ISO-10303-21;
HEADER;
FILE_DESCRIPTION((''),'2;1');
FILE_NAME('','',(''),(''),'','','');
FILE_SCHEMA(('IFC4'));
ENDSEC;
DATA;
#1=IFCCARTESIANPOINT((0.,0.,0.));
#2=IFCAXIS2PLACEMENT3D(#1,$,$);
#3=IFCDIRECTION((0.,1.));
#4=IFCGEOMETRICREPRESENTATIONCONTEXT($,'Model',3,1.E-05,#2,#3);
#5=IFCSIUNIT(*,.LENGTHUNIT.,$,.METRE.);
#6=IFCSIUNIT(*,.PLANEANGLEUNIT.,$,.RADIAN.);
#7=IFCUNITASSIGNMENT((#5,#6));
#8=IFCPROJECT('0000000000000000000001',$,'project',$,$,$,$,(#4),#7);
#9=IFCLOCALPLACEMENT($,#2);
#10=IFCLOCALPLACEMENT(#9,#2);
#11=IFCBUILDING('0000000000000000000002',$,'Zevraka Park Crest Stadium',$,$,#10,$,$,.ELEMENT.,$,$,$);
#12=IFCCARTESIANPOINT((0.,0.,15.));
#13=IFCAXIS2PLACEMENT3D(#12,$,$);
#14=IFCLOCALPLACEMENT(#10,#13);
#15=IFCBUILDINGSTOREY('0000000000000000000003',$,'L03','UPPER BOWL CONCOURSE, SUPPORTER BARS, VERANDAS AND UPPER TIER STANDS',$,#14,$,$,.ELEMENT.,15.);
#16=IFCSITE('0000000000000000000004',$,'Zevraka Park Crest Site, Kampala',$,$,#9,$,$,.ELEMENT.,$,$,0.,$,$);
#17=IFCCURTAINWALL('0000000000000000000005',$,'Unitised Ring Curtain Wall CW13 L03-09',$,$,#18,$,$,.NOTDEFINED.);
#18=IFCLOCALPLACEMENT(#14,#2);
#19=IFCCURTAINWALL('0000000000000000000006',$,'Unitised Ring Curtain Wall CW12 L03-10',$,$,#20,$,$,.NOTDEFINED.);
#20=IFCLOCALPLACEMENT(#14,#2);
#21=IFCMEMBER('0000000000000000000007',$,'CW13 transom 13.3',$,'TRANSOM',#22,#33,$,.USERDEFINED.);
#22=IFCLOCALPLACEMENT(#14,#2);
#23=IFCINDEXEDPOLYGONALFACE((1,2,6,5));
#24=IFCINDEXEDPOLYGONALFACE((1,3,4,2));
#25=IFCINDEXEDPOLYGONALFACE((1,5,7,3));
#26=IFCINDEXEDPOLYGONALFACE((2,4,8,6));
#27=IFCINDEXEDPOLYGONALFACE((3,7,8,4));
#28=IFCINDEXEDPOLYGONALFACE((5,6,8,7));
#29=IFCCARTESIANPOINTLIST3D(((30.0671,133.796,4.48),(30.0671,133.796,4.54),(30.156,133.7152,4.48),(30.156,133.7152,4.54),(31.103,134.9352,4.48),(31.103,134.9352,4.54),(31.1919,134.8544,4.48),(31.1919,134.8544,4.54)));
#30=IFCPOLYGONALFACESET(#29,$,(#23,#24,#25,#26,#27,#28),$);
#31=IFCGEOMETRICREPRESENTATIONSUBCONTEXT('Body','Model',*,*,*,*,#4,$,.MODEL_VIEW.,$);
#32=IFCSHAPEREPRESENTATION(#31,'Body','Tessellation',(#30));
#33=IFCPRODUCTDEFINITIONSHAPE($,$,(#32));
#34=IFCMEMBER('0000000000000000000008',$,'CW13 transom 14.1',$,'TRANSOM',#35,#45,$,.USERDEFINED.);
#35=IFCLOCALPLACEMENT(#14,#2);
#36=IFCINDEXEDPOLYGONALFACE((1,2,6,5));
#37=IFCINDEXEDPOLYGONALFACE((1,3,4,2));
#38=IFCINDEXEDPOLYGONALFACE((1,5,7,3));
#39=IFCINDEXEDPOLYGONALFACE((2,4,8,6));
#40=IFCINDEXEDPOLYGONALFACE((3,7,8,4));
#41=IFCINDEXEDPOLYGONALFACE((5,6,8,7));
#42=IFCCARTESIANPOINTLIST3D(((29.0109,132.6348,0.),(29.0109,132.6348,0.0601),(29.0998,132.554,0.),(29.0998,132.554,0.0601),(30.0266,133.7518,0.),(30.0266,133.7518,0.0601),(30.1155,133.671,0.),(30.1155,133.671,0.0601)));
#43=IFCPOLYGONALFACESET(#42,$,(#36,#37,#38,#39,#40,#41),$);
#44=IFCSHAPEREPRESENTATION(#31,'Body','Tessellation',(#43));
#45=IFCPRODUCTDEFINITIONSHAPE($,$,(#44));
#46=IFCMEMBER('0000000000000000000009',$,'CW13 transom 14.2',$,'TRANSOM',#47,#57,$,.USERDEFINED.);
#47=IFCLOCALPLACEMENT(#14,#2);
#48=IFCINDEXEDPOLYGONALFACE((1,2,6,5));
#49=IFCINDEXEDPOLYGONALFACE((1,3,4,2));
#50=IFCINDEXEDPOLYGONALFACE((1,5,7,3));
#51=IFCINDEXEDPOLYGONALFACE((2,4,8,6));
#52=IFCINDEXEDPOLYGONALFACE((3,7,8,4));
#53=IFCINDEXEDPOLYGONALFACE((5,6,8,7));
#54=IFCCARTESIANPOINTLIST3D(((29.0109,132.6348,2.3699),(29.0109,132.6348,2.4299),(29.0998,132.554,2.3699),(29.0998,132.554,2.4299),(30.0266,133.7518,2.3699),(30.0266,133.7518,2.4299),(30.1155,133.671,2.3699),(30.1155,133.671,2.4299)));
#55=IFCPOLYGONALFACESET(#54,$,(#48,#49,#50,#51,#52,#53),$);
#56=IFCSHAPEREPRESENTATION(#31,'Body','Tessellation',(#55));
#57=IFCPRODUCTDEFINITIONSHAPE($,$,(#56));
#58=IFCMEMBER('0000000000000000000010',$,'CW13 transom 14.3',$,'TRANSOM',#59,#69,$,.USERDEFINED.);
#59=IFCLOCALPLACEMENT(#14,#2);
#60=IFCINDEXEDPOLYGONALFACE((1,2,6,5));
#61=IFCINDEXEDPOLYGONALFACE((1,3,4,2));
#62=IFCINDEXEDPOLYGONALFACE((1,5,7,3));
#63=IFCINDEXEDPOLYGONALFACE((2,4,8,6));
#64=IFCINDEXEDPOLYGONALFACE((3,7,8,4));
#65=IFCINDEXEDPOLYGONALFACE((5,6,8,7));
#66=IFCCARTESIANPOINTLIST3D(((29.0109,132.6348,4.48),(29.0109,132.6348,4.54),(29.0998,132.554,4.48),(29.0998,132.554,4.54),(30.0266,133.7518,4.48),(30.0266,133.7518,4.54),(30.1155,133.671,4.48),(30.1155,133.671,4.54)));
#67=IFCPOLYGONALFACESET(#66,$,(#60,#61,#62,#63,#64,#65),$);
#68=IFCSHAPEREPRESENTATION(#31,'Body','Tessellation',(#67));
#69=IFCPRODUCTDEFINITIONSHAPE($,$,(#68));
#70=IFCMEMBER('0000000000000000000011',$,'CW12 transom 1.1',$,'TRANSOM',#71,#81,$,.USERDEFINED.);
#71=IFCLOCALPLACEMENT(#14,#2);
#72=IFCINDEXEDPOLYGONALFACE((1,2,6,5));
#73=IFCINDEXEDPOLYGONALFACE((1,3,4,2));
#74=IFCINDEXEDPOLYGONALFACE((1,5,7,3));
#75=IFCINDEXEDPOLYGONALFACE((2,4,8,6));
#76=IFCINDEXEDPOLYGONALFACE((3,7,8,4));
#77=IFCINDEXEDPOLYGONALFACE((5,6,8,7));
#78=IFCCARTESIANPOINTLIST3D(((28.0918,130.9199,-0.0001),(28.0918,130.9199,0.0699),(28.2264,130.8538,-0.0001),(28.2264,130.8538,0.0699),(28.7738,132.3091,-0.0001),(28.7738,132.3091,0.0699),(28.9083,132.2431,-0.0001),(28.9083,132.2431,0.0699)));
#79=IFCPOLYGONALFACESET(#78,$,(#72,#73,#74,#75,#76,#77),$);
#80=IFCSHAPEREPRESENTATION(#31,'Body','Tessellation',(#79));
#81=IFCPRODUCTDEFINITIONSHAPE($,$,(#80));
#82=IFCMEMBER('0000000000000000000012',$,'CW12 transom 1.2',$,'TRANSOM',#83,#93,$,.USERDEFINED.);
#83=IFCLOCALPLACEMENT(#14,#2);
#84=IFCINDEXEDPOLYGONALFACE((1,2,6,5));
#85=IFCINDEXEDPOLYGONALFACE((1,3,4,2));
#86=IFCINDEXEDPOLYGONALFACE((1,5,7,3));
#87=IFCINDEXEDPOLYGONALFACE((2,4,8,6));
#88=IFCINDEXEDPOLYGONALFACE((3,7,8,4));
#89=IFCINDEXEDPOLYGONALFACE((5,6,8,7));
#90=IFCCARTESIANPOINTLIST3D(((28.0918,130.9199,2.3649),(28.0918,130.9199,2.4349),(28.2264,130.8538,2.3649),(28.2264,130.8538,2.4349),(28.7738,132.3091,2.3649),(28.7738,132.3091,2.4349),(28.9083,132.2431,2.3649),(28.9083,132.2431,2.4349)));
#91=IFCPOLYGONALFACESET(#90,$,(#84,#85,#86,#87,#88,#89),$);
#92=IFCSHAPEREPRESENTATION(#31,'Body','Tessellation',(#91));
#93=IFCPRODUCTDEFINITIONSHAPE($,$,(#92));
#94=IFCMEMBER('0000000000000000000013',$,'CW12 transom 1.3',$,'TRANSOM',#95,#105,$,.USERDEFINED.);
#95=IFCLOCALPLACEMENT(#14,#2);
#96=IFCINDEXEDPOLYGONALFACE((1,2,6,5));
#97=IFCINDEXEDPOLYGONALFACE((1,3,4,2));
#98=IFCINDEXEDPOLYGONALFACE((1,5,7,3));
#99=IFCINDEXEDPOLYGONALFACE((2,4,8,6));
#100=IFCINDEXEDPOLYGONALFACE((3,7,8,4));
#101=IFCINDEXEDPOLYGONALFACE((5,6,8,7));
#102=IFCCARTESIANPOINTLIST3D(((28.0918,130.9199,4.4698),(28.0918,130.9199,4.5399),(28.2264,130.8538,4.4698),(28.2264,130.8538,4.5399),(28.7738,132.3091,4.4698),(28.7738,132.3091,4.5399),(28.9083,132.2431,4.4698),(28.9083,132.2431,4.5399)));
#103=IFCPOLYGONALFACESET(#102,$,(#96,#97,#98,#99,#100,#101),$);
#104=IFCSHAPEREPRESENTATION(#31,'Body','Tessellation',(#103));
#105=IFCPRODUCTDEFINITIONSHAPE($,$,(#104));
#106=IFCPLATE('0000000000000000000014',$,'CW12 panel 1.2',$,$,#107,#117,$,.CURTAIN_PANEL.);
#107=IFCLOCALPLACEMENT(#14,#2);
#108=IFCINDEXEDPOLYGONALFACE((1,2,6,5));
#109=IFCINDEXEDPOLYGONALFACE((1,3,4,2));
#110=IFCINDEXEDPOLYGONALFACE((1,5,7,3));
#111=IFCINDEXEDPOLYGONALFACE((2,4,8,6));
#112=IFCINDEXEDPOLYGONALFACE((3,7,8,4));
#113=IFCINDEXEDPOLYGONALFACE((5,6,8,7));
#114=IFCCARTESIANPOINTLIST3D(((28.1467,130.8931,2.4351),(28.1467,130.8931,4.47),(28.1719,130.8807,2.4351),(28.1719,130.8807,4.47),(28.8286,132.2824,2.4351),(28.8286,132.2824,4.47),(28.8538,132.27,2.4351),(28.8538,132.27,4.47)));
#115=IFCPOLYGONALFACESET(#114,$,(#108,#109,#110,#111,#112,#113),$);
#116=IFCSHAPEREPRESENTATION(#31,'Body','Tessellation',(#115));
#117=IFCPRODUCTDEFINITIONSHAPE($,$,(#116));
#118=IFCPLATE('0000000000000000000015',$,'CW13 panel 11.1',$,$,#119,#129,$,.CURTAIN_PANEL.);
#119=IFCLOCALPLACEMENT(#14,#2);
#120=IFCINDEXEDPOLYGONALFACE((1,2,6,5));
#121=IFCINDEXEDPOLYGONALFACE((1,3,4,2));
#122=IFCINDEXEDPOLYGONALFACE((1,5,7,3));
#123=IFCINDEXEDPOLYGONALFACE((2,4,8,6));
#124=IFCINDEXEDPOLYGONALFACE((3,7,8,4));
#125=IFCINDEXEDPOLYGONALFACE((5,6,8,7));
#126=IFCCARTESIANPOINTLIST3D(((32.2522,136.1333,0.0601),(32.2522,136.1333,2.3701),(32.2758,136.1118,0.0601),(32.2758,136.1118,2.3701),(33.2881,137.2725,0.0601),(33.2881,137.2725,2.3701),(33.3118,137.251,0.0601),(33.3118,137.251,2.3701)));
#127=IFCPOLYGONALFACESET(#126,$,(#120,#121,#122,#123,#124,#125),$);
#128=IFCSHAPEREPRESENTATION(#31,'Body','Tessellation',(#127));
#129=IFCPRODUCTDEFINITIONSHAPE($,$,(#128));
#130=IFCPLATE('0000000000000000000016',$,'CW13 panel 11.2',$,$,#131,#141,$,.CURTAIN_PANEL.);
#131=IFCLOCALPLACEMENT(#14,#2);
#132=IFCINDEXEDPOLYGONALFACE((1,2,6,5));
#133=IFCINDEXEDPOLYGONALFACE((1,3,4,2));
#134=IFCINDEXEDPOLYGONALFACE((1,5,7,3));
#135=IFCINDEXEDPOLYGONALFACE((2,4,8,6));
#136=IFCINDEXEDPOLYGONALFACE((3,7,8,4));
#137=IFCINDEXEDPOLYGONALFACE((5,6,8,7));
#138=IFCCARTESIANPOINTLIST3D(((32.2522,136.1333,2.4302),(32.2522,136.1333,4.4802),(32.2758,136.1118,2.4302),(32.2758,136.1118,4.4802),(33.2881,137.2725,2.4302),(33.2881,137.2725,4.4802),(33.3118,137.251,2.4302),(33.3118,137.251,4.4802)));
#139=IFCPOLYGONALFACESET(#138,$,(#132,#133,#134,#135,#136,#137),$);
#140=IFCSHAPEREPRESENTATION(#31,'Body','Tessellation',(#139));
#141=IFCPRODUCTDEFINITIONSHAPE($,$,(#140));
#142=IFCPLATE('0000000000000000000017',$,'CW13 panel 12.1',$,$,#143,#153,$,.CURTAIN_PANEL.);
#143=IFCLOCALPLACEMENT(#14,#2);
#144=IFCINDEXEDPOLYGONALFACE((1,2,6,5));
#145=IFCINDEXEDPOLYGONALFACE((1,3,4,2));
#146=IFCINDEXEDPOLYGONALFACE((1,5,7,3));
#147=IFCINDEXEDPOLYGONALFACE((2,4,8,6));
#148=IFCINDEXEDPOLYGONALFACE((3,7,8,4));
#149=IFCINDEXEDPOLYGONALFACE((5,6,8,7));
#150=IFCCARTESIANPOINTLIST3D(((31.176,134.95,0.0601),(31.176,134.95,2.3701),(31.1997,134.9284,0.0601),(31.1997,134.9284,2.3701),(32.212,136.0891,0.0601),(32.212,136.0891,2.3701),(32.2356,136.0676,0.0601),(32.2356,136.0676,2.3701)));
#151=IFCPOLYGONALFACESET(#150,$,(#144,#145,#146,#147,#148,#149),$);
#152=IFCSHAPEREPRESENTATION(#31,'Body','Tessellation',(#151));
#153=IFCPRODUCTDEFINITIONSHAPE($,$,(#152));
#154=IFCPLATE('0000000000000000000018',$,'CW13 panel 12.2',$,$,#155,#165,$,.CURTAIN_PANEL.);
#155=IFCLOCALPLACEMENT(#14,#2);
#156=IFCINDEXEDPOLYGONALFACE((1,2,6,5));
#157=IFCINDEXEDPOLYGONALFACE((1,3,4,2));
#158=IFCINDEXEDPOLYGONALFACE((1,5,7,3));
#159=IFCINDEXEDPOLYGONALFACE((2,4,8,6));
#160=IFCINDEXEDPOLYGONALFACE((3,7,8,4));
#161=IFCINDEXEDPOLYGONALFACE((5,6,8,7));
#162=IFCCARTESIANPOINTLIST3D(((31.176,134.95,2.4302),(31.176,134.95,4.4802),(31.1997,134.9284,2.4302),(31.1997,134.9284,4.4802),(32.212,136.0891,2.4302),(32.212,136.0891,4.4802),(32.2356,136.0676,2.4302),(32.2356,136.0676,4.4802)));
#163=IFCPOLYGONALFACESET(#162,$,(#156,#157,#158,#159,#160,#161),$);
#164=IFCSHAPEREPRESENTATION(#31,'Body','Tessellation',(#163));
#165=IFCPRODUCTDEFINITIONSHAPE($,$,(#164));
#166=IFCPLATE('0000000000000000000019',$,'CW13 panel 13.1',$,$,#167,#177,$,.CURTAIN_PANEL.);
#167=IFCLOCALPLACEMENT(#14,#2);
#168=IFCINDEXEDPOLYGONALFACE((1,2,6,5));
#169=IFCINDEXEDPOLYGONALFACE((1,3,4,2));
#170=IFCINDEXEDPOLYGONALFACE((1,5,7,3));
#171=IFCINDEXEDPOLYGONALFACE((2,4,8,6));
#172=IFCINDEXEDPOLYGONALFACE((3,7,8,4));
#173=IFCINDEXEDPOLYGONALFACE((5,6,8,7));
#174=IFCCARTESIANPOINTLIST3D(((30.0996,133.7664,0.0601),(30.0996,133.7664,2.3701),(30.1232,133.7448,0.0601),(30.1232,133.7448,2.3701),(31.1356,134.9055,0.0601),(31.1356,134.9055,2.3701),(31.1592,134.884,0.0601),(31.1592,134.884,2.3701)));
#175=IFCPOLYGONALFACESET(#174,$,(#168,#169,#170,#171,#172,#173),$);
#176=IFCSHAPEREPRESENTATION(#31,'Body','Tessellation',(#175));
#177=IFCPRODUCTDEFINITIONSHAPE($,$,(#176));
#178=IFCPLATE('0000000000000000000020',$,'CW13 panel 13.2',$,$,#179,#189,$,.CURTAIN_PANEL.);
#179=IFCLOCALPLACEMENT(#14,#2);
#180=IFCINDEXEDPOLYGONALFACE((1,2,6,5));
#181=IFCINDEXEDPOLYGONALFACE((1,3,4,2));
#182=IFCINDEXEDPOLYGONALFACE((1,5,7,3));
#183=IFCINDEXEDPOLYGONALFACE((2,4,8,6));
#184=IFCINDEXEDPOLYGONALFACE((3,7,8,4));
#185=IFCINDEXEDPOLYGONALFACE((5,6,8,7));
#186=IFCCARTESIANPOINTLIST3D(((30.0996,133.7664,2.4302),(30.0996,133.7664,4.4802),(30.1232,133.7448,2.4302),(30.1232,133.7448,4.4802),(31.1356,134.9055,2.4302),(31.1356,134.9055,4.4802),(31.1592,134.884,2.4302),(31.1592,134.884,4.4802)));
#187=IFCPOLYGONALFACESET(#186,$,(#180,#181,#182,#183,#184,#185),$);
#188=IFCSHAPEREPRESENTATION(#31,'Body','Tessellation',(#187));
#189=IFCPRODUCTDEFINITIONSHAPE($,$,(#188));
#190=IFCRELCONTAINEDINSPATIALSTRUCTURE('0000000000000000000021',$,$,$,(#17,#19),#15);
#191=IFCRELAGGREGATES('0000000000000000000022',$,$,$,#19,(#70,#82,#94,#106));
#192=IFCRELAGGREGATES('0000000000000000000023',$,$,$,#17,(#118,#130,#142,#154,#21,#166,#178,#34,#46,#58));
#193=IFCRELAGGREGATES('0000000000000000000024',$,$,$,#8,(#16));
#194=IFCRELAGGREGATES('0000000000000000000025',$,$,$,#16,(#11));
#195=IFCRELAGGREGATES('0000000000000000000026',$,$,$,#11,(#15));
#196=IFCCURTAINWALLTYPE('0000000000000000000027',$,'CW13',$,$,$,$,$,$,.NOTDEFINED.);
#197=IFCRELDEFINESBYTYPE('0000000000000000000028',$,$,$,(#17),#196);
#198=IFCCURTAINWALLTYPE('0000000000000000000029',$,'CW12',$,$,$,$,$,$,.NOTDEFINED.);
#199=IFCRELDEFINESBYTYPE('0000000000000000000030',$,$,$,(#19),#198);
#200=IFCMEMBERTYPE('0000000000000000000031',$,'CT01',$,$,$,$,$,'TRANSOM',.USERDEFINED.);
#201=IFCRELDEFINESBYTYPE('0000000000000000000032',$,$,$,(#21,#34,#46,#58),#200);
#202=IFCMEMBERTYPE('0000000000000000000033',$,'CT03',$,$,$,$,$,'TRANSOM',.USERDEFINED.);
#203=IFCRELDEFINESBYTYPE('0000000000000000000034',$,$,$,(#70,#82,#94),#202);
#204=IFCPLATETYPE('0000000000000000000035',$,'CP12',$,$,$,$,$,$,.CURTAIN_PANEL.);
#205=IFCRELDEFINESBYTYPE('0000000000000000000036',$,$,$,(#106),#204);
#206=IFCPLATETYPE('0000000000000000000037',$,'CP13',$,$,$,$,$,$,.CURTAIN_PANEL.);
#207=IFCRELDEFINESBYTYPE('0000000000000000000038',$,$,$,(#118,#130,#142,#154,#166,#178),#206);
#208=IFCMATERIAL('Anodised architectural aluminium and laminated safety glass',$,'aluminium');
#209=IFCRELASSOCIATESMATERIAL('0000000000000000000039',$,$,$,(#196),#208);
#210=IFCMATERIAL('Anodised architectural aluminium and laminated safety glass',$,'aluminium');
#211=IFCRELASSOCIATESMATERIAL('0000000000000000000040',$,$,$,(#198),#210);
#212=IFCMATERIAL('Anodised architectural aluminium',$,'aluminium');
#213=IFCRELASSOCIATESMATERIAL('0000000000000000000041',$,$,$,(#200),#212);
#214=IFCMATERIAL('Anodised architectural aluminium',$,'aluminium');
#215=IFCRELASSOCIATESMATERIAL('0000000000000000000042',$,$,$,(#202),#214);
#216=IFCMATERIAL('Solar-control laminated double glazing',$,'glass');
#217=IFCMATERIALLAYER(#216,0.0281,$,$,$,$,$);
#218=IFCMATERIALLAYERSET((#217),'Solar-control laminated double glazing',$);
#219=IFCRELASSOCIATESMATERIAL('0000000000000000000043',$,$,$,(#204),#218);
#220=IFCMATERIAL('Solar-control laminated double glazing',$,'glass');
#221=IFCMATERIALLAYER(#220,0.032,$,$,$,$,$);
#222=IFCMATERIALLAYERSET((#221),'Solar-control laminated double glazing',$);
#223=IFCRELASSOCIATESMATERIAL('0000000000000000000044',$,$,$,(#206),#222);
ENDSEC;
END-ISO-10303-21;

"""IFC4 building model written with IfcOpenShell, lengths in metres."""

from ifc_helpers import new_model, si_unit, direction, frame, origin, origin_2d, place, context, subcontext, project, spatial, rectangle, extrude, material, layer, layer_set, material_profile, profile_set, type_object, element, aggregate, save


model = new_model("IFC4")

# Units and contexts
model_context = context("Model", 3, precision=1e-05, world=origin(), true_north=direction((0.0, 1.0)))
body_context = subcontext(model_context, "Body", "Model", "MODEL_VIEW")
ifc_project = project(units=[si_unit("LENGTHUNIT", "METRE"), si_unit("PLANEANGLEUNIT", "RADIAN")], contexts=[model_context])

# Site, building, storey
site_placement = place(None, origin())
site = spatial("IfcSite", under=ifc_project, at=site_placement, Name="Zevraka Park Crest Site, Kampala", CompositionType="ELEMENT", RefElevation=0.0)
building_placement = place(site_placement, origin())
building = spatial("IfcBuilding", under=site, at=building_placement, Name="Zevraka Park Crest Stadium", CompositionType="ELEMENT")
storey_placement = place(building_placement, frame((0.0, 0.0, 15.0)))
storey = spatial("IfcBuildingStorey", under=building, at=storey_placement, Name="L03", Description="UPPER BOWL CONCOURSE, SUPPORTER BARS, VERANDAS AND UPPER TIER STANDS", CompositionType="ELEMENT", Elevation=15.0)

# Curtain wall
ifc_material_1 = material(Name="Anodised architectural aluminium and laminated safety glass", Category="aluminium")
curtain_wall_type_1 = type_object("IfcCurtainWallType", Name="CW13", PredefinedType="NOTDEFINED", material=ifc_material_1)
curtain_wall_1_placement = place(storey_placement, origin())
curtain_wall_1 = element("IfcCurtainWall", 1, at=curtain_wall_1_placement, inside=storey, type_object=curtain_wall_type_1, Name="Unitised Ring Curtain Wall CW13 L03-09", PredefinedType="NOTDEFINED")

# Curtain wall
ifc_material_2 = material(Name="Anodised architectural aluminium and laminated safety glass", Category="aluminium")
curtain_wall_type_2 = type_object("IfcCurtainWallType", Name="CW12", PredefinedType="NOTDEFINED", material=ifc_material_2)
curtain_wall_2_placement = place(storey_placement, origin())
curtain_wall_2 = element("IfcCurtainWall", 2, at=curtain_wall_2_placement, inside=storey, type_object=curtain_wall_type_2, Name="Unitised Ring Curtain Wall CW12 L03-10", PredefinedType="NOTDEFINED")

# Members
ifc_material_3 = material(Name="Anodised architectural aluminium", Category="aluminium")
ifc_material_profile_1 = material_profile(ifc_material_3, rectangle(XDim=0.1201, YDim=0.0601, at=origin_2d()), Name="ALU TRANSOM 120x60")
ifc_profile_set_1 = profile_set([ifc_material_profile_1], Name="Anodised architectural aluminium")
member_type_1 = type_object("IfcMemberType", Name="CT01", ElementType="TRANSOM", PredefinedType="USERDEFINED", material=ifc_profile_set_1)
member_1_placement = place(storey_placement, frame((31.1475, 134.8948, 4.51), z_axis=(-0.672775, -0.739847, 0.0), x_axis=(0.739847, -0.672775, 0.0)))
member_1 = element("IfcMember", 3, at=member_1_placement, type_object=member_type_1, Name="CW13 transom 13.3", ObjectType="TRANSOM", PredefinedType="USERDEFINED", context=body_context, shape_type="SweptSolid", body=[
    extrude(rectangle(XDim=0.1201, YDim=0.0601, at=origin_2d()), origin(), (0.0, 0.0, 1.0), 1.5398),
])
member_2_placement = place(storey_placement, frame((30.071, 133.7114, 0.03), z_axis=(-0.672753, -0.739867, 0.0), x_axis=(0.739867, -0.672753, 0.0)))
member_2 = element("IfcMember", 4, at=member_2_placement, type_object=member_type_1, Name="CW13 transom 14.1", ObjectType="TRANSOM", PredefinedType="USERDEFINED", context=body_context, shape_type="SweptSolid", body=[
    extrude(rectangle(XDim=0.1201, YDim=0.0601, at=origin_2d()), origin(), (0.0, 0.0, 1.0), 1.5098),
])
member_3_placement = place(storey_placement, frame((30.071, 133.7114, 2.3999), z_axis=(-0.672753, -0.739867, 0.0), x_axis=(0.739867, -0.672753, 0.0)))
member_3 = element("IfcMember", 5, at=member_3_placement, type_object=member_type_1, Name="CW13 transom 14.2", ObjectType="TRANSOM", PredefinedType="USERDEFINED", context=body_context, shape_type="SweptSolid", body=[
    extrude(rectangle(XDim=0.1201, YDim=0.0601, at=origin_2d()), origin(), (0.0, 0.0, 1.0), 1.5098),
])
member_4_placement = place(storey_placement, frame((30.071, 133.7114, 4.51), z_axis=(-0.672753, -0.739867, 0.0), x_axis=(0.739867, -0.672753, 0.0)))
member_4 = element("IfcMember", 6, at=member_4_placement, type_object=member_type_1, Name="CW13 transom 14.3", ObjectType="TRANSOM", PredefinedType="USERDEFINED", context=body_context, shape_type="SweptSolid", body=[
    extrude(rectangle(XDim=0.1201, YDim=0.0601, at=origin_2d()), origin(), (0.0, 0.0, 1.0), 1.5098),
])
ifc_material_4 = material(Name="Anodised architectural aluminium", Category="aluminium")
ifc_material_profile_2 = material_profile(ifc_material_4, rectangle(XDim=0.1499, YDim=0.0701, at=origin_2d()), Name="ALU TRANSOM 150x70")
ifc_profile_set_2 = profile_set([ifc_material_profile_2], Name="Anodised architectural aluminium")
member_type_2 = type_object("IfcMemberType", Name="CT03", ElementType="TRANSOM", PredefinedType="USERDEFINED", material=ifc_profile_set_2)
member_5_placement = place(storey_placement, frame((28.8411, 132.2761, 0.0349), z_axis=(-0.440639, -0.897685, 0.0), x_axis=(0.897685, -0.440639, 0.0)))
member_5 = element("IfcMember", 7, at=member_5_placement, type_object=member_type_2, Name="CW12 transom 1.1", ObjectType="TRANSOM", PredefinedType="USERDEFINED", context=body_context, shape_type="SweptSolid", body=[
    extrude(rectangle(XDim=0.1499, YDim=0.0701, at=origin_2d()), origin(), (0.0, 0.0, 1.0), 1.5476),
])
member_6_placement = place(storey_placement, frame((28.8411, 132.2761, 2.3999), z_axis=(-0.440639, -0.897685, 0.0), x_axis=(0.897685, -0.440639, 0.0)))
member_6 = element("IfcMember", 8, at=member_6_placement, type_object=member_type_2, Name="CW12 transom 1.2", ObjectType="TRANSOM", PredefinedType="USERDEFINED", context=body_context, shape_type="SweptSolid", body=[
    extrude(rectangle(XDim=0.1499, YDim=0.0701, at=origin_2d()), origin(), (0.0, 0.0, 1.0), 1.5476),
])
member_7_placement = place(storey_placement, frame((28.8411, 132.2761, 4.5049), z_axis=(-0.440639, -0.897685, 0.0), x_axis=(0.897685, -0.440639, 0.0)))
member_7 = element("IfcMember", 9, at=member_7_placement, type_object=member_type_2, Name="CW12 transom 1.3", ObjectType="TRANSOM", PredefinedType="USERDEFINED", context=body_context, shape_type="SweptSolid", body=[
    extrude(rectangle(XDim=0.1499, YDim=0.0701, at=origin_2d()), origin(), (0.0, 0.0, 1.0), 1.5476),
])

# Plates
ifc_material_5 = material(Name="Solar-control laminated double glazing", Category="glass")
ifc_layer_1 = layer(ifc_material_5, 0.0281)
ifc_layer_set_1 = layer_set([ifc_layer_1], Name="Solar-control laminated double glazing")
plate_type_1 = type_object("IfcPlateType", Name="CP12", PredefinedType="CURTAIN_PANEL", material=ifc_layer_set_1)
plate_1_placement = place(storey_placement, frame((28.5002, 131.5815, 2.4351), z_axis=(0.0, 0.0, 1.0), x_axis=(-0.440666, -0.897671, 0.0)))
plate_1 = element("IfcPlate", 10, at=plate_1_placement, type_object=plate_type_1, Name="CW12 panel 1.2", PredefinedType="CURTAIN_PANEL", context=body_context, shape_type="SweptSolid", body=[
    extrude(rectangle(XDim=1.5476, YDim=0.0281, at=origin_2d()), origin(), (0.0, 0.0, 1.0), 2.0349),
])
aggregate(curtain_wall_2, [member_5, member_6, member_7, plate_1])
ifc_material_6 = material(Name="Solar-control laminated double glazing", Category="glass")
ifc_layer_2 = layer(ifc_material_6, 0.032)
ifc_layer_set_2 = layer_set([ifc_layer_2], Name="Solar-control laminated double glazing")
plate_type_2 = type_object("IfcPlateType", Name="CP13", PredefinedType="CURTAIN_PANEL", material=ifc_layer_set_2)
plate_2_placement = place(storey_placement, frame((32.782, 136.6921, 0.0601), z_axis=(0.0, 0.0, 1.0), x_axis=(-0.672802, -0.739823, 0.0)))
plate_2 = element("IfcPlate", 11, at=plate_2_placement, type_object=plate_type_2, Name="CW13 panel 11.1", PredefinedType="CURTAIN_PANEL", context=body_context, shape_type="SweptSolid", body=[
    extrude(rectangle(XDim=1.5398, YDim=0.032, at=origin_2d()), origin(), (0.0, 0.0, 1.0), 2.3101),
])
plate_3_placement = place(storey_placement, frame((32.782, 136.6921, 2.4302), z_axis=(0.0, 0.0, 1.0), x_axis=(-0.672802, -0.739823, 0.0)))
plate_3 = element("IfcPlate", 12, at=plate_3_placement, type_object=plate_type_2, Name="CW13 panel 11.2", PredefinedType="CURTAIN_PANEL", context=body_context, shape_type="SweptSolid", body=[
    extrude(rectangle(XDim=1.5398, YDim=0.032, at=origin_2d()), origin(), (0.0, 0.0, 1.0), 2.05),
])
plate_4_placement = place(storey_placement, frame((31.7058, 135.5088, 0.0601), z_axis=(0.0, 0.0, 1.0), x_axis=(-0.672802, -0.739823, 0.0)))
plate_4 = element("IfcPlate", 13, at=plate_4_placement, type_object=plate_type_2, Name="CW13 panel 12.1", PredefinedType="CURTAIN_PANEL", context=body_context, shape_type="SweptSolid", body=[
    extrude(rectangle(XDim=1.5398, YDim=0.032, at=origin_2d()), origin(), (0.0, 0.0, 1.0), 2.3101),
])
plate_5_placement = place(storey_placement, frame((31.7058, 135.5088, 2.4302), z_axis=(0.0, 0.0, 1.0), x_axis=(-0.672802, -0.739823, 0.0)))
plate_5 = element("IfcPlate", 14, at=plate_5_placement, type_object=plate_type_2, Name="CW13 panel 12.2", PredefinedType="CURTAIN_PANEL", context=body_context, shape_type="SweptSolid", body=[
    extrude(rectangle(XDim=1.5398, YDim=0.032, at=origin_2d()), origin(), (0.0, 0.0, 1.0), 2.05),
])
plate_6_placement = place(storey_placement, frame((30.6294, 134.3252, 0.0601), z_axis=(0.0, 0.0, 1.0), x_axis=(-0.672802, -0.739823, 0.0)))
plate_6 = element("IfcPlate", 15, at=plate_6_placement, type_object=plate_type_2, Name="CW13 panel 13.1", PredefinedType="CURTAIN_PANEL", context=body_context, shape_type="SweptSolid", body=[
    extrude(rectangle(XDim=1.5398, YDim=0.032, at=origin_2d()), origin(), (0.0, 0.0, 1.0), 2.3101),
])
plate_7_placement = place(storey_placement, frame((30.6294, 134.3252, 2.4302), z_axis=(0.0, 0.0, 1.0), x_axis=(-0.672802, -0.739823, 0.0)))
plate_7 = element("IfcPlate", 16, at=plate_7_placement, type_object=plate_type_2, Name="CW13 panel 13.2", PredefinedType="CURTAIN_PANEL", context=body_context, shape_type="SweptSolid", body=[
    extrude(rectangle(XDim=1.5398, YDim=0.032, at=origin_2d()), origin(), (0.0, 0.0, 1.0), 2.05),
])
aggregate(curtain_wall_1, [plate_2, plate_3, plate_4, plate_5, member_1, plate_6, plate_7, member_2, member_3, member_4])

save(model, "model.ifc")
